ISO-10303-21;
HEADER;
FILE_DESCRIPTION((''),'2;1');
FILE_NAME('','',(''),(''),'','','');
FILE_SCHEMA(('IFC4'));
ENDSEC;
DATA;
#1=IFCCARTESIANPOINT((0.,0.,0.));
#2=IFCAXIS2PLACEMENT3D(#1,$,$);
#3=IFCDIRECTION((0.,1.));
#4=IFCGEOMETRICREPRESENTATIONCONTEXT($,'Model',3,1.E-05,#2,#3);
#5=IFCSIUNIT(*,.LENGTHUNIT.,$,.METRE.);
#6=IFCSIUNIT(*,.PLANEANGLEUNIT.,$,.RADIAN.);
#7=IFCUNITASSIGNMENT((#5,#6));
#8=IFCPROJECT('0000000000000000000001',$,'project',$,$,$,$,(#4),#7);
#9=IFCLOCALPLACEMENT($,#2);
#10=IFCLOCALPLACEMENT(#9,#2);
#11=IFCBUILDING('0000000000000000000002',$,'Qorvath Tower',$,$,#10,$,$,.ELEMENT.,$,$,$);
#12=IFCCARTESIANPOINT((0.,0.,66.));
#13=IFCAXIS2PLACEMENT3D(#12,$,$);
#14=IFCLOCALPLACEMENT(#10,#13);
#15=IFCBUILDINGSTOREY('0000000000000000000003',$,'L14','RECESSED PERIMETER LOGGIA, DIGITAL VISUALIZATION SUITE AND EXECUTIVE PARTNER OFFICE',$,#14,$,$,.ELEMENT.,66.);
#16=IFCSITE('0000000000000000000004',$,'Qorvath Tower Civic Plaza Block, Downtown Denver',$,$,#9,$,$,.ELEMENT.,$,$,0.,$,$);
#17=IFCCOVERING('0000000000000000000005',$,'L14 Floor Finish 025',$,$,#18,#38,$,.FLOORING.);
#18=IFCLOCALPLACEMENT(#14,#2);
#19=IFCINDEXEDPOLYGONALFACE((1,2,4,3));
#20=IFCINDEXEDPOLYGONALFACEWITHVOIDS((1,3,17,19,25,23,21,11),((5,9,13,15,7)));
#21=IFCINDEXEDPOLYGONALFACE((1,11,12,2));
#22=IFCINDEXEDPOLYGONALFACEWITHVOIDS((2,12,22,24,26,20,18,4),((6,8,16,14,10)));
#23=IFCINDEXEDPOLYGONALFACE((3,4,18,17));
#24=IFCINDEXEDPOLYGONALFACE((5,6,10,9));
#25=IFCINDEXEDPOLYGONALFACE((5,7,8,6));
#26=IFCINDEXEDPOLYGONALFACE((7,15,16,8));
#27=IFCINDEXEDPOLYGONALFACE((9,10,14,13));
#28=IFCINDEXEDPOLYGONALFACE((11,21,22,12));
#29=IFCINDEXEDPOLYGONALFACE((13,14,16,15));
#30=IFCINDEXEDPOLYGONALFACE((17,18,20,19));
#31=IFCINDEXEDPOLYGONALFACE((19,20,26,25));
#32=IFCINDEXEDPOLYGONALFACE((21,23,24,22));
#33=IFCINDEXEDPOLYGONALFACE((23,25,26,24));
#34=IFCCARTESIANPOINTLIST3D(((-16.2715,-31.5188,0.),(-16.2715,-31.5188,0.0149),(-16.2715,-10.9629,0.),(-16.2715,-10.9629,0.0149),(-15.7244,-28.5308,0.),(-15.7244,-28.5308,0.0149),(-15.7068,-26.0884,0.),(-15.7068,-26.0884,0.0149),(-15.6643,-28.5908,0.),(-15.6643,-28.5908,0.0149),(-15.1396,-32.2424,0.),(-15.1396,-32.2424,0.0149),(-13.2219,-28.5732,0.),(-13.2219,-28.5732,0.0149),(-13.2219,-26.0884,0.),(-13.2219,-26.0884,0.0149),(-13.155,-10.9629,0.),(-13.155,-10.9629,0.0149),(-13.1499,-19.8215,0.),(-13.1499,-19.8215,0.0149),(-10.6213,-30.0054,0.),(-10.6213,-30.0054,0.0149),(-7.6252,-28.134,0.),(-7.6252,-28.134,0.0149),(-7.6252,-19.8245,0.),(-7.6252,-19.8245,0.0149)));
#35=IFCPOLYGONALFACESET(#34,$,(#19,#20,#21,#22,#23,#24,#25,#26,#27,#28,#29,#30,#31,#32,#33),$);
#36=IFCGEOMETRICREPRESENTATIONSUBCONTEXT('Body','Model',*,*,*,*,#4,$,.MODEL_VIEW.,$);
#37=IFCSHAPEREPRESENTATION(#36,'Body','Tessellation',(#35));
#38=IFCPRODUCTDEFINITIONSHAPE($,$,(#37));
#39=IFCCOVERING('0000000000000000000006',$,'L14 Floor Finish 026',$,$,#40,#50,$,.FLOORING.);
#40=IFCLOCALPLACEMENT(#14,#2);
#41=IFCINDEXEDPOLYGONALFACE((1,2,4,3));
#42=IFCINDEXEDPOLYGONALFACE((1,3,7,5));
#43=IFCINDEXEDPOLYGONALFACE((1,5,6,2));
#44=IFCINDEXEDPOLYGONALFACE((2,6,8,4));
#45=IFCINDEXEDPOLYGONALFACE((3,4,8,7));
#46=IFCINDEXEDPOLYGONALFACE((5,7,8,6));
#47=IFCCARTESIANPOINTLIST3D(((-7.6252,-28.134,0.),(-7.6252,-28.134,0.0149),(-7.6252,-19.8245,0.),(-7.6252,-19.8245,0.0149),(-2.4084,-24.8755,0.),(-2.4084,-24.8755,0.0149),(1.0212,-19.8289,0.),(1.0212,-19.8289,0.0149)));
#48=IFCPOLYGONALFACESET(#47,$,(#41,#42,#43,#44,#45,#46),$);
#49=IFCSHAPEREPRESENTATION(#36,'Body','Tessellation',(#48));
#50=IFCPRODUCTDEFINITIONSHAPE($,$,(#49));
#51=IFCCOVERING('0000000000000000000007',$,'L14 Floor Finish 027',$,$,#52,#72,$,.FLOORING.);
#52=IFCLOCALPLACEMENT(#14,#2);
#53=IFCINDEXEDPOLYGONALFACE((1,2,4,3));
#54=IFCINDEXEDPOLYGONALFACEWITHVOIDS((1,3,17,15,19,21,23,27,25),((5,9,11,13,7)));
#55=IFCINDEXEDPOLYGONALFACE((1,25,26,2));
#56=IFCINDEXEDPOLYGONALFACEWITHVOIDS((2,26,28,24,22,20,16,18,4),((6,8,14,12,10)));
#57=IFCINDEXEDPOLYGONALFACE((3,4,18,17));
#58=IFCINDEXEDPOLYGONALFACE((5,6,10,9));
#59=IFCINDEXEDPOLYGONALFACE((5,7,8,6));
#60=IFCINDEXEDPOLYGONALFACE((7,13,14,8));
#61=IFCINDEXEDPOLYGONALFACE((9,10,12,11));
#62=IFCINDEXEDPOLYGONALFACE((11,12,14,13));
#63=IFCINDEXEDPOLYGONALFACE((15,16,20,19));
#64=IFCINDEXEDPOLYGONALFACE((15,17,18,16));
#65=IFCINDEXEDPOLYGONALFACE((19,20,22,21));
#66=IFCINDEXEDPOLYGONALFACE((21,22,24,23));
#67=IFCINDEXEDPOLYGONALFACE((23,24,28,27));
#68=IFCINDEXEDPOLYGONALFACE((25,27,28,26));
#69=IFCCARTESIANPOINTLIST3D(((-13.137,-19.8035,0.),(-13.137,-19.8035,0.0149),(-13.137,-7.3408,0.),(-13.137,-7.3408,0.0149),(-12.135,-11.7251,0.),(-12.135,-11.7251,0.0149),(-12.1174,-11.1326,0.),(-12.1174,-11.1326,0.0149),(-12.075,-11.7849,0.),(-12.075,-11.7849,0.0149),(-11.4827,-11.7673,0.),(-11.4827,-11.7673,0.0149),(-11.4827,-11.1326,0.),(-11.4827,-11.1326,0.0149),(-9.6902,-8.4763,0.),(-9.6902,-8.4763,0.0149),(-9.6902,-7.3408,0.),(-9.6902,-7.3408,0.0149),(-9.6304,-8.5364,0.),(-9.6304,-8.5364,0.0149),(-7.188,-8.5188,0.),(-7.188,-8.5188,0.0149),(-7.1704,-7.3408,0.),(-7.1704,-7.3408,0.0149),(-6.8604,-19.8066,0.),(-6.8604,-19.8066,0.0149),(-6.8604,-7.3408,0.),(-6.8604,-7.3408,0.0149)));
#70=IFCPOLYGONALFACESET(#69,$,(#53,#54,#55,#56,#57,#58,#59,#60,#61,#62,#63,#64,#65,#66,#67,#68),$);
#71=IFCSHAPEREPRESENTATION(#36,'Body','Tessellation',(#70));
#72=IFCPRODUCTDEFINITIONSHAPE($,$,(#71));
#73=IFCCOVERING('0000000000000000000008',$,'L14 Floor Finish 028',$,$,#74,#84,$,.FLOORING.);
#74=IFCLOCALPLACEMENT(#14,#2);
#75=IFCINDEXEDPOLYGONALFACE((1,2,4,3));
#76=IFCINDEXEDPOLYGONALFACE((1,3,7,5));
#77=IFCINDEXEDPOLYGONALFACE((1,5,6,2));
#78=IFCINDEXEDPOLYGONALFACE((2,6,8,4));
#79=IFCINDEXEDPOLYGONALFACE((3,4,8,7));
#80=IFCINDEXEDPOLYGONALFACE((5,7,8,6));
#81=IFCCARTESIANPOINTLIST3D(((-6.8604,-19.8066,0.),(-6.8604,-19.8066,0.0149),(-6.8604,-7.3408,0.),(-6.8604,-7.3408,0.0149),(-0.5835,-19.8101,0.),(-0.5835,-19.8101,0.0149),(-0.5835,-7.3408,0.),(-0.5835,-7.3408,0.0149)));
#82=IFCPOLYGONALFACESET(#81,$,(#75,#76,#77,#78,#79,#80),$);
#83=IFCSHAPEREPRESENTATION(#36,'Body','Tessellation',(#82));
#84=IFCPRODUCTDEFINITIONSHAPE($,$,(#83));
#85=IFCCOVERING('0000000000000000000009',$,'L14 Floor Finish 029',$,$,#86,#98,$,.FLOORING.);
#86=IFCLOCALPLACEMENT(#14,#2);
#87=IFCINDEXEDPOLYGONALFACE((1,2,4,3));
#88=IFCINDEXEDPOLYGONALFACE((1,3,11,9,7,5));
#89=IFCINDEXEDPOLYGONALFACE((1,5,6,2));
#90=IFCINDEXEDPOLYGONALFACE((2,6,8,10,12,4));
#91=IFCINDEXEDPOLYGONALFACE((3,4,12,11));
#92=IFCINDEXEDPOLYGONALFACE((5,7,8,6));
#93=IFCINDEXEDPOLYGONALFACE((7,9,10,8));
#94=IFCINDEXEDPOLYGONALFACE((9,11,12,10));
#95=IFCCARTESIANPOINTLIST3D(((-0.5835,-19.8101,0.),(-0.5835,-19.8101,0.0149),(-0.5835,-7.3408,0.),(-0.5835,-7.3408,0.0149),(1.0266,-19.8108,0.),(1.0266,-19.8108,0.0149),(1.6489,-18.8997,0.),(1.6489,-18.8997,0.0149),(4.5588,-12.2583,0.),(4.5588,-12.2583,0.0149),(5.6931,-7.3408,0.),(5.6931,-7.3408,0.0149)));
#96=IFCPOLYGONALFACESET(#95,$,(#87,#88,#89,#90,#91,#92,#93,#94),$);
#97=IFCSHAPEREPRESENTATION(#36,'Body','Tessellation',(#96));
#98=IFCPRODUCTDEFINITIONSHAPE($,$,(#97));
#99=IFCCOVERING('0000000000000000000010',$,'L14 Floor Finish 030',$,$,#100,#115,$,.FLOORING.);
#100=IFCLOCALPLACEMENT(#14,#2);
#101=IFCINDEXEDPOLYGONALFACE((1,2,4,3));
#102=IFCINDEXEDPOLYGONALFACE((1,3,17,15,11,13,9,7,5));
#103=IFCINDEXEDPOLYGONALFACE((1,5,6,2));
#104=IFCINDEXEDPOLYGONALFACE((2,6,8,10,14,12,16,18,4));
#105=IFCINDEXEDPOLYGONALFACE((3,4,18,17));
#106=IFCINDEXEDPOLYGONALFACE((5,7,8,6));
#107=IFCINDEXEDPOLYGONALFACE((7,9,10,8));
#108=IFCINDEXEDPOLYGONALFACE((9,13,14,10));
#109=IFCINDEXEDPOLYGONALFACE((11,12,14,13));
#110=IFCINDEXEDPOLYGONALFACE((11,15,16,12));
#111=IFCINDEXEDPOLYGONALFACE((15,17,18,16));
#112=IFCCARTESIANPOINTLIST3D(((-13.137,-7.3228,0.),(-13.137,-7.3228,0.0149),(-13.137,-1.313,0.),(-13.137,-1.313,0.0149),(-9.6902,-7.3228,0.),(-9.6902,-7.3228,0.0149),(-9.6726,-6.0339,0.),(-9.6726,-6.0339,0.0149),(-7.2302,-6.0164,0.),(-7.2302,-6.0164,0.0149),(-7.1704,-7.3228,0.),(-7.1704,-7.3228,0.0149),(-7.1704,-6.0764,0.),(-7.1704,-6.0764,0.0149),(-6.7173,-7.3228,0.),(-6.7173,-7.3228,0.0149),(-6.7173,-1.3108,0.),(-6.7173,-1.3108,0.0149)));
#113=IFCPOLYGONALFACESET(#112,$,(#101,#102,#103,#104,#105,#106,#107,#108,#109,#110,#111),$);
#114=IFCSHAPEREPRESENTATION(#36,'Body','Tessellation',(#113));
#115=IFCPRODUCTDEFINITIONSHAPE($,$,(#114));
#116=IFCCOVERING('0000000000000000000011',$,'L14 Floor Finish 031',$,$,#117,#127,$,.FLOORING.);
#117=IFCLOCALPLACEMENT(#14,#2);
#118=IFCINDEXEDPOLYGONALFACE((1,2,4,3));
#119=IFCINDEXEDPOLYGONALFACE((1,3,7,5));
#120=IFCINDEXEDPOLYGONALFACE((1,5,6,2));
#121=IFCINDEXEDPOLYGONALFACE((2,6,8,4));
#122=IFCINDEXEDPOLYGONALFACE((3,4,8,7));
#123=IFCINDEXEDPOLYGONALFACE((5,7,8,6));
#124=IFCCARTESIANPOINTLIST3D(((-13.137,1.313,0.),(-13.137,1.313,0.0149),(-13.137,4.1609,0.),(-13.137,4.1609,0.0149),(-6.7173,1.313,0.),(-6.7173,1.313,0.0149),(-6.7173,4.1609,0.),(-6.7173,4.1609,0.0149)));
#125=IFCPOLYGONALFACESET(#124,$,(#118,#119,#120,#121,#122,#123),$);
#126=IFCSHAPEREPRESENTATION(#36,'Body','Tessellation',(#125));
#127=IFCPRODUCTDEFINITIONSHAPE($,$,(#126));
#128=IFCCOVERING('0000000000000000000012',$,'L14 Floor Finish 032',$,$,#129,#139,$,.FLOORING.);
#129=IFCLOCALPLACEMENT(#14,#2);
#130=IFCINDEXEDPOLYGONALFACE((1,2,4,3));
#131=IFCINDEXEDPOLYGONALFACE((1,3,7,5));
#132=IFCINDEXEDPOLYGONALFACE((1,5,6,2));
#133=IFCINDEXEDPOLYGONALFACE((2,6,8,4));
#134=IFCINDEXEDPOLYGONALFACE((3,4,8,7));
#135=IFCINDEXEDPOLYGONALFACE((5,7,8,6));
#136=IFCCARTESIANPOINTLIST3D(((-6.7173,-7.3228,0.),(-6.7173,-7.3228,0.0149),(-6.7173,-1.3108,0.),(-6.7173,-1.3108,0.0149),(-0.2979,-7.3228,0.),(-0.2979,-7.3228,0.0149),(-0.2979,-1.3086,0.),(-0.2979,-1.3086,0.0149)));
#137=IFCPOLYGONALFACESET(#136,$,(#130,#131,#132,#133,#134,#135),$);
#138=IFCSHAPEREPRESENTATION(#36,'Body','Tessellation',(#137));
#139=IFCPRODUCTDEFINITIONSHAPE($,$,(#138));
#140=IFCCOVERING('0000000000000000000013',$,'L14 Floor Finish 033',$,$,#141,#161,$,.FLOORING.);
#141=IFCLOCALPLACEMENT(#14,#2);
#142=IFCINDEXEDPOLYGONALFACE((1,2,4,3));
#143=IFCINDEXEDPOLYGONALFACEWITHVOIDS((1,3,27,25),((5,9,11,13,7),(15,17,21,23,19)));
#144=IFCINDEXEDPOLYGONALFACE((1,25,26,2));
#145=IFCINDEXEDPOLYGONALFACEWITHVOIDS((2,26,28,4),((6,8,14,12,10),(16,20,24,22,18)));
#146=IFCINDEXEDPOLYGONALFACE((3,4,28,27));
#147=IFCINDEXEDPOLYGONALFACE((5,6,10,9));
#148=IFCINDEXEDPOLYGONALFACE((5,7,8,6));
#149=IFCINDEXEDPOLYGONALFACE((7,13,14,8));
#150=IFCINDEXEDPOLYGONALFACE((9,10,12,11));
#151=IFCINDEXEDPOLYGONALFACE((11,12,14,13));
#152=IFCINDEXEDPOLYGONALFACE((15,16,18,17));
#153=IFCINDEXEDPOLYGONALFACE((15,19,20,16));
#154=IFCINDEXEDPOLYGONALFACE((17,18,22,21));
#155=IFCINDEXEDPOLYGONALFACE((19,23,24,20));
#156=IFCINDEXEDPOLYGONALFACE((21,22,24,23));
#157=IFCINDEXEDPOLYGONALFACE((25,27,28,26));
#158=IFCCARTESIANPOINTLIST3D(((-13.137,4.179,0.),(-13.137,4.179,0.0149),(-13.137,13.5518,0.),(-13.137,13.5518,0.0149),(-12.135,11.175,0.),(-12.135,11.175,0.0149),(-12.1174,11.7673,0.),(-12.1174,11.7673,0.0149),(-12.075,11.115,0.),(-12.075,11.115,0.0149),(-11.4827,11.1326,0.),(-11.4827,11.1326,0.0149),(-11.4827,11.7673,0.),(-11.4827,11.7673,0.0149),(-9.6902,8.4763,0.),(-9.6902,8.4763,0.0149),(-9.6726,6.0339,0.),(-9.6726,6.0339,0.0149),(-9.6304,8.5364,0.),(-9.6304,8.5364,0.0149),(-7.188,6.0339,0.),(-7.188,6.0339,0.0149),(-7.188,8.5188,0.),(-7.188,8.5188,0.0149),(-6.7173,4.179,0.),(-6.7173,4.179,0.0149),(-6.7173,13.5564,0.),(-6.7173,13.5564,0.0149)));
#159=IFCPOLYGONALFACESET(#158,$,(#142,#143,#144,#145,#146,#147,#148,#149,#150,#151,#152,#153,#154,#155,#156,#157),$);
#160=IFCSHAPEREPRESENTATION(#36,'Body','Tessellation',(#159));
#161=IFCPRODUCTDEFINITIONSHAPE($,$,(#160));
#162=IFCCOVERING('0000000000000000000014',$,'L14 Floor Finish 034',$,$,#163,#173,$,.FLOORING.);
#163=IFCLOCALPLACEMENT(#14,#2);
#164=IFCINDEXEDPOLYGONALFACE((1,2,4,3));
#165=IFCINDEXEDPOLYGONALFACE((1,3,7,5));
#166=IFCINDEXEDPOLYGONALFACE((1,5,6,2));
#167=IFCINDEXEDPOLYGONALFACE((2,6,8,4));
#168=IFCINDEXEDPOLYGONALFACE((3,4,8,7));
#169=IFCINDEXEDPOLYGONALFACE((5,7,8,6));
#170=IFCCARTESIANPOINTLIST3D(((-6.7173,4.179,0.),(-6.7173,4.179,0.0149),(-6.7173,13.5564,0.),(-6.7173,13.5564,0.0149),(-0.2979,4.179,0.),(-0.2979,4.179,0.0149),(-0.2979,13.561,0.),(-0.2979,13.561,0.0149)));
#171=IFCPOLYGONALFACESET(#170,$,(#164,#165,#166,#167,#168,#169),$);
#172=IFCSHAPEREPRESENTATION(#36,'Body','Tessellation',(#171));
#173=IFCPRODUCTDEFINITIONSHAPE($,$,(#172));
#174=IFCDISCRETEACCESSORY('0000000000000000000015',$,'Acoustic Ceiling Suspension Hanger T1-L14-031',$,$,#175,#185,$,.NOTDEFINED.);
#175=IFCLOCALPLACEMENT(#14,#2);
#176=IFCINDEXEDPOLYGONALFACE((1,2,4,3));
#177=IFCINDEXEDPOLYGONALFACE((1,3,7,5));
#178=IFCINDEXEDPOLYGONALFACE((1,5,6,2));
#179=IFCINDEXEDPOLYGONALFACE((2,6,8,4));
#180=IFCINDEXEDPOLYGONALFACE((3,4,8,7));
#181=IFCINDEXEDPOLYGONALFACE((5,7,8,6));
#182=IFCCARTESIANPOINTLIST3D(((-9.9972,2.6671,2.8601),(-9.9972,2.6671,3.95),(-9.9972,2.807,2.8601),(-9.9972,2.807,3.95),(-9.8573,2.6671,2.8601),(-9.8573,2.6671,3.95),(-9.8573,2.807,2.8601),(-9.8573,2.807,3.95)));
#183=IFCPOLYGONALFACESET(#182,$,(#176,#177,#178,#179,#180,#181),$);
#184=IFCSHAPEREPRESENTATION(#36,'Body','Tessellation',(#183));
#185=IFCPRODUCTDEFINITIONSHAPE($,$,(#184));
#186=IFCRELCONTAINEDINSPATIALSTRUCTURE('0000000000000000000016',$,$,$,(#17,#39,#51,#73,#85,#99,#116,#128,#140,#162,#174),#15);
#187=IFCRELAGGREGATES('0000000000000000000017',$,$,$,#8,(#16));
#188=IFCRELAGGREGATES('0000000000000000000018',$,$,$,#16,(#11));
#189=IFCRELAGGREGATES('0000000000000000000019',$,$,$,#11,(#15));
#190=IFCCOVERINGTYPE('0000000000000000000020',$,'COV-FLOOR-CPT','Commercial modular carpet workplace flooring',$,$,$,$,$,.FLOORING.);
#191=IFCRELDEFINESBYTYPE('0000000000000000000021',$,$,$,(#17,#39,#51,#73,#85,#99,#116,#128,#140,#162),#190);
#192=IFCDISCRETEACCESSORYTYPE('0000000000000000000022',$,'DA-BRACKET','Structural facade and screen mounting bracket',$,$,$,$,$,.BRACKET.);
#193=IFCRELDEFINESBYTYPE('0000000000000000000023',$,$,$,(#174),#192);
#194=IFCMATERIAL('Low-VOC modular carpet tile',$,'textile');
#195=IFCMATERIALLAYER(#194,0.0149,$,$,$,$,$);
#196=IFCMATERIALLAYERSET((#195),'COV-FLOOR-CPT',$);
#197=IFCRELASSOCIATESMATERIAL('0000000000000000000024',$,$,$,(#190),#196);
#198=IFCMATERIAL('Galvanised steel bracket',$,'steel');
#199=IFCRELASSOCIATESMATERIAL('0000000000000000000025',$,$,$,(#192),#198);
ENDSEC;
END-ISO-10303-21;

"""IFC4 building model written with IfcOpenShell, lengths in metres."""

from ifc_helpers import new_model, si_unit, direction, frame, origin, origin_2d, place, context, subcontext, project, spatial, polyline, rectangle, outline, extrude, material, layer, layer_set, type_object, element, save


model = new_model("IFC4")

# Units and contexts
model_context = context("Model", 3, precision=1e-05, world=origin(), true_north=direction((0.0, 1.0)))
body_context = subcontext(model_context, "Body", "Model", "MODEL_VIEW")
ifc_project = project(units=[si_unit("LENGTHUNIT", "METRE"), si_unit("PLANEANGLEUNIT", "RADIAN")], contexts=[model_context])

# Site, building, storey
site_placement = place(None, origin())
site = spatial("IfcSite", under=ifc_project, at=site_placement, Name="Qorvath Tower Civic Plaza Block, Downtown Denver", CompositionType="ELEMENT", RefElevation=0.0)
building_placement = place(site_placement, origin())
building = spatial("IfcBuilding", under=site, at=building_placement, Name="Qorvath Tower", CompositionType="ELEMENT")
storey_placement = place(building_placement, frame((0.0, 0.0, 66.0)))
storey = spatial("IfcBuildingStorey", under=building, at=storey_placement, Name="L14", Description="RECESSED PERIMETER LOGGIA, DIGITAL VISUALIZATION SUITE AND EXECUTIVE PARTNER OFFICE", CompositionType="ELEMENT", Elevation=66.0)

# Coverings
ifc_material_1 = material(Name="Low-VOC modular carpet tile", Category="textile")
ifc_layer_1 = layer(ifc_material_1, 0.0149)
ifc_layer_set_1 = layer_set([ifc_layer_1], Name="COV-FLOOR-CPT")
covering_type_1 = type_object("IfcCoveringType", Name="COV-FLOOR-CPT", Description="Commercial modular carpet workplace flooring", PredefinedType="FLOORING", material=ifc_layer_set_1)
covering_1_placement = place(storey_placement, origin())
element("IfcCovering", 1, at=covering_1_placement, inside=storey, type_object=covering_type_1, Name="L14 Floor Finish 025", PredefinedType="FLOORING", context=body_context, shape_type="SweptSolid", body=[
    extrude(outline(polyline([(-16.2715, -10.9629), (-16.2715, -31.5188), (-15.1396, -32.2424), (-10.6213, -30.0054), (-7.6252, -28.134), (-7.6252, -19.8245), (-13.1499, -19.8215), (-13.155, -10.9629), (-16.2715, -10.9629)]), holes=[polyline([(-15.7244, -28.5308), (-15.7068, -26.0884), (-13.2219, -26.0884), (-13.2219, -28.5732), (-15.6643, -28.5908), (-15.7244, -28.5308)])]), origin(), (0.0, 0.0, 1.0), 0.0149),
])
covering_2_placement = place(storey_placement, origin())
element("IfcCovering", 2, at=covering_2_placement, inside=storey, type_object=covering_type_1, Name="L14 Floor Finish 026", PredefinedType="FLOORING", context=body_context, shape_type="SweptSolid", body=[
    extrude(outline(polyline([(-7.6252, -19.8245), (-7.6252, -28.134), (-2.4084, -24.8755), (1.0212, -19.8289), (-7.6252, -19.8245)])), origin(), (0.0, 0.0, 1.0), 0.0149),
])
covering_3_placement = place(storey_placement, origin())
element("IfcCovering", 3, at=covering_3_placement, inside=storey, type_object=covering_type_1, Name="L14 Floor Finish 027", PredefinedType="FLOORING", context=body_context, shape_type="SweptSolid", body=[
    extrude(outline(polyline([(-13.137, -19.8035), (-6.8604, -19.8066), (-6.8604, -7.3408), (-7.1704, -7.3408), (-7.188, -8.5188), (-9.6304, -8.5364), (-9.6902, -8.4763), (-9.6902, -7.3408), (-13.137, -7.3408), (-13.137, -19.8035)]), holes=[polyline([(-12.135, -11.7251), (-12.1174, -11.1326), (-11.4827, -11.1326), (-11.4827, -11.7673), (-12.075, -11.7849), (-12.135, -11.7251)])]), origin(), (0.0, 0.0, 1.0), 0.0149),
])
covering_4_placement = place(storey_placement, origin())
element("IfcCovering", 4, at=covering_4_placement, inside=storey, type_object=covering_type_1, Name="L14 Floor Finish 028", PredefinedType="FLOORING", context=body_context, shape_type="SweptSolid", body=[
    extrude(outline(polyline([(-6.8604, -7.3408), (-6.8604, -19.8066), (-0.5835, -19.8101), (-0.5835, -7.3408), (-6.8604, -7.3408)])), origin(), (0.0, 0.0, 1.0), 0.0149),
])
covering_5_placement = place(storey_placement, origin())
element("IfcCovering", 5, at=covering_5_placement, inside=storey, type_object=covering_type_1, Name="L14 Floor Finish 029", PredefinedType="FLOORING", context=body_context, shape_type="SweptSolid", body=[
    extrude(outline(polyline([(-0.5835, -7.3408), (-0.5835, -19.8101), (1.0266, -19.8108), (1.6489, -18.8997), (4.5588, -12.2583), (5.6931, -7.3408), (-0.5835, -7.3408)])), origin(), (0.0, 0.0, 1.0), 0.0149),
])
covering_6_placement = place(storey_placement, origin())
element("IfcCovering", 6, at=covering_6_placement, inside=storey, type_object=covering_type_1, Name="L14 Floor Finish 030", PredefinedType="FLOORING", context=body_context, shape_type="SweptSolid", body=[
    extrude(outline(polyline([(-6.7173, -7.3228), (-6.7173, -1.3108), (-13.137, -1.313), (-13.137, -7.3228), (-9.6902, -7.3228), (-9.6726, -6.0339), (-7.2302, -6.0164), (-7.1704, -6.0764), (-7.1704, -7.3228), (-6.7173, -7.3228)])), origin(), (0.0, 0.0, 1.0), 0.0149),
])
covering_7_placement = place(storey_placement, origin())
element("IfcCovering", 7, at=covering_7_placement, inside=storey, type_object=covering_type_1, Name="L14 Floor Finish 031", PredefinedType="FLOORING", context=body_context, shape_type="SweptSolid", body=[
    extrude(outline(polyline([(-6.7173, 1.313), (-6.7173, 4.1609), (-13.137, 4.1609), (-13.137, 1.313), (-6.7173, 1.313)])), origin(), (0.0, 0.0, 1.0), 0.0149),
])
covering_8_placement = place(storey_placement, origin())
element("IfcCovering", 8, at=covering_8_placement, inside=storey, type_object=covering_type_1, Name="L14 Floor Finish 032", PredefinedType="FLOORING", context=body_context, shape_type="SweptSolid", body=[
    extrude(outline(polyline([(-0.2979, -7.3228), (-0.2979, -1.3086), (-6.7173, -1.3108), (-6.7173, -7.3228), (-0.2979, -7.3228)])), origin(), (0.0, 0.0, 1.0), 0.0149),
])
covering_9_placement = place(storey_placement, origin())
element("IfcCovering", 9, at=covering_9_placement, inside=storey, type_object=covering_type_1, Name="L14 Floor Finish 033", PredefinedType="FLOORING", context=body_context, shape_type="SweptSolid", body=[
    extrude(outline(polyline([(-6.7173, 4.179), (-6.7173, 13.5564), (-13.137, 13.5518), (-13.137, 4.179), (-6.7173, 4.179)]), holes=[polyline([(-9.6902, 8.4763), (-9.6304, 8.5364), (-7.188, 8.5188), (-7.188, 6.0339), (-9.6726, 6.0339), (-9.6902, 8.4763)]), polyline([(-12.135, 11.175), (-12.1174, 11.7673), (-11.4827, 11.7673), (-11.4827, 11.1326), (-12.075, 11.115), (-12.135, 11.175)])]), origin(), (0.0, 0.0, 1.0), 0.0149),
])
covering_10_placement = place(storey_placement, origin())
element("IfcCovering", 10, at=covering_10_placement, inside=storey, type_object=covering_type_1, Name="L14 Floor Finish 034", PredefinedType="FLOORING", context=body_context, shape_type="SweptSolid", body=[
    extrude(outline(polyline([(-0.2979, 4.179), (-0.2979, 13.561), (-6.7173, 13.5564), (-6.7173, 4.179), (-0.2979, 4.179)])), origin(), (0.0, 0.0, 1.0), 0.0149),
])

# Discrete accessory
ifc_material_2 = material(Name="Galvanised steel bracket", Category="steel")
discrete_accessory_type = type_object("IfcDiscreteAccessoryType", Name="DA-BRACKET", Description="Structural facade and screen mounting bracket", PredefinedType="BRACKET", material=ifc_material_2)
discrete_accessory_placement = place(storey_placement, frame((-9.9272, 2.7371, 2.8601), z_axis=(0.0, 0.0, 1.0), x_axis=(1.0, 0.0, 0.0)))
element("IfcDiscreteAccessory", 11, at=discrete_accessory_placement, inside=storey, type_object=discrete_accessory_type, Name="Acoustic Ceiling Suspension Hanger T1-L14-031", PredefinedType="NOTDEFINED", context=body_context, shape_type="SweptSolid", body=[
    extrude(rectangle(XDim=0.1399, YDim=0.1399, at=origin_2d()), origin(), (0.0, 0.0, 1.0), 1.0898),
])

save(model, "model.ifc")
